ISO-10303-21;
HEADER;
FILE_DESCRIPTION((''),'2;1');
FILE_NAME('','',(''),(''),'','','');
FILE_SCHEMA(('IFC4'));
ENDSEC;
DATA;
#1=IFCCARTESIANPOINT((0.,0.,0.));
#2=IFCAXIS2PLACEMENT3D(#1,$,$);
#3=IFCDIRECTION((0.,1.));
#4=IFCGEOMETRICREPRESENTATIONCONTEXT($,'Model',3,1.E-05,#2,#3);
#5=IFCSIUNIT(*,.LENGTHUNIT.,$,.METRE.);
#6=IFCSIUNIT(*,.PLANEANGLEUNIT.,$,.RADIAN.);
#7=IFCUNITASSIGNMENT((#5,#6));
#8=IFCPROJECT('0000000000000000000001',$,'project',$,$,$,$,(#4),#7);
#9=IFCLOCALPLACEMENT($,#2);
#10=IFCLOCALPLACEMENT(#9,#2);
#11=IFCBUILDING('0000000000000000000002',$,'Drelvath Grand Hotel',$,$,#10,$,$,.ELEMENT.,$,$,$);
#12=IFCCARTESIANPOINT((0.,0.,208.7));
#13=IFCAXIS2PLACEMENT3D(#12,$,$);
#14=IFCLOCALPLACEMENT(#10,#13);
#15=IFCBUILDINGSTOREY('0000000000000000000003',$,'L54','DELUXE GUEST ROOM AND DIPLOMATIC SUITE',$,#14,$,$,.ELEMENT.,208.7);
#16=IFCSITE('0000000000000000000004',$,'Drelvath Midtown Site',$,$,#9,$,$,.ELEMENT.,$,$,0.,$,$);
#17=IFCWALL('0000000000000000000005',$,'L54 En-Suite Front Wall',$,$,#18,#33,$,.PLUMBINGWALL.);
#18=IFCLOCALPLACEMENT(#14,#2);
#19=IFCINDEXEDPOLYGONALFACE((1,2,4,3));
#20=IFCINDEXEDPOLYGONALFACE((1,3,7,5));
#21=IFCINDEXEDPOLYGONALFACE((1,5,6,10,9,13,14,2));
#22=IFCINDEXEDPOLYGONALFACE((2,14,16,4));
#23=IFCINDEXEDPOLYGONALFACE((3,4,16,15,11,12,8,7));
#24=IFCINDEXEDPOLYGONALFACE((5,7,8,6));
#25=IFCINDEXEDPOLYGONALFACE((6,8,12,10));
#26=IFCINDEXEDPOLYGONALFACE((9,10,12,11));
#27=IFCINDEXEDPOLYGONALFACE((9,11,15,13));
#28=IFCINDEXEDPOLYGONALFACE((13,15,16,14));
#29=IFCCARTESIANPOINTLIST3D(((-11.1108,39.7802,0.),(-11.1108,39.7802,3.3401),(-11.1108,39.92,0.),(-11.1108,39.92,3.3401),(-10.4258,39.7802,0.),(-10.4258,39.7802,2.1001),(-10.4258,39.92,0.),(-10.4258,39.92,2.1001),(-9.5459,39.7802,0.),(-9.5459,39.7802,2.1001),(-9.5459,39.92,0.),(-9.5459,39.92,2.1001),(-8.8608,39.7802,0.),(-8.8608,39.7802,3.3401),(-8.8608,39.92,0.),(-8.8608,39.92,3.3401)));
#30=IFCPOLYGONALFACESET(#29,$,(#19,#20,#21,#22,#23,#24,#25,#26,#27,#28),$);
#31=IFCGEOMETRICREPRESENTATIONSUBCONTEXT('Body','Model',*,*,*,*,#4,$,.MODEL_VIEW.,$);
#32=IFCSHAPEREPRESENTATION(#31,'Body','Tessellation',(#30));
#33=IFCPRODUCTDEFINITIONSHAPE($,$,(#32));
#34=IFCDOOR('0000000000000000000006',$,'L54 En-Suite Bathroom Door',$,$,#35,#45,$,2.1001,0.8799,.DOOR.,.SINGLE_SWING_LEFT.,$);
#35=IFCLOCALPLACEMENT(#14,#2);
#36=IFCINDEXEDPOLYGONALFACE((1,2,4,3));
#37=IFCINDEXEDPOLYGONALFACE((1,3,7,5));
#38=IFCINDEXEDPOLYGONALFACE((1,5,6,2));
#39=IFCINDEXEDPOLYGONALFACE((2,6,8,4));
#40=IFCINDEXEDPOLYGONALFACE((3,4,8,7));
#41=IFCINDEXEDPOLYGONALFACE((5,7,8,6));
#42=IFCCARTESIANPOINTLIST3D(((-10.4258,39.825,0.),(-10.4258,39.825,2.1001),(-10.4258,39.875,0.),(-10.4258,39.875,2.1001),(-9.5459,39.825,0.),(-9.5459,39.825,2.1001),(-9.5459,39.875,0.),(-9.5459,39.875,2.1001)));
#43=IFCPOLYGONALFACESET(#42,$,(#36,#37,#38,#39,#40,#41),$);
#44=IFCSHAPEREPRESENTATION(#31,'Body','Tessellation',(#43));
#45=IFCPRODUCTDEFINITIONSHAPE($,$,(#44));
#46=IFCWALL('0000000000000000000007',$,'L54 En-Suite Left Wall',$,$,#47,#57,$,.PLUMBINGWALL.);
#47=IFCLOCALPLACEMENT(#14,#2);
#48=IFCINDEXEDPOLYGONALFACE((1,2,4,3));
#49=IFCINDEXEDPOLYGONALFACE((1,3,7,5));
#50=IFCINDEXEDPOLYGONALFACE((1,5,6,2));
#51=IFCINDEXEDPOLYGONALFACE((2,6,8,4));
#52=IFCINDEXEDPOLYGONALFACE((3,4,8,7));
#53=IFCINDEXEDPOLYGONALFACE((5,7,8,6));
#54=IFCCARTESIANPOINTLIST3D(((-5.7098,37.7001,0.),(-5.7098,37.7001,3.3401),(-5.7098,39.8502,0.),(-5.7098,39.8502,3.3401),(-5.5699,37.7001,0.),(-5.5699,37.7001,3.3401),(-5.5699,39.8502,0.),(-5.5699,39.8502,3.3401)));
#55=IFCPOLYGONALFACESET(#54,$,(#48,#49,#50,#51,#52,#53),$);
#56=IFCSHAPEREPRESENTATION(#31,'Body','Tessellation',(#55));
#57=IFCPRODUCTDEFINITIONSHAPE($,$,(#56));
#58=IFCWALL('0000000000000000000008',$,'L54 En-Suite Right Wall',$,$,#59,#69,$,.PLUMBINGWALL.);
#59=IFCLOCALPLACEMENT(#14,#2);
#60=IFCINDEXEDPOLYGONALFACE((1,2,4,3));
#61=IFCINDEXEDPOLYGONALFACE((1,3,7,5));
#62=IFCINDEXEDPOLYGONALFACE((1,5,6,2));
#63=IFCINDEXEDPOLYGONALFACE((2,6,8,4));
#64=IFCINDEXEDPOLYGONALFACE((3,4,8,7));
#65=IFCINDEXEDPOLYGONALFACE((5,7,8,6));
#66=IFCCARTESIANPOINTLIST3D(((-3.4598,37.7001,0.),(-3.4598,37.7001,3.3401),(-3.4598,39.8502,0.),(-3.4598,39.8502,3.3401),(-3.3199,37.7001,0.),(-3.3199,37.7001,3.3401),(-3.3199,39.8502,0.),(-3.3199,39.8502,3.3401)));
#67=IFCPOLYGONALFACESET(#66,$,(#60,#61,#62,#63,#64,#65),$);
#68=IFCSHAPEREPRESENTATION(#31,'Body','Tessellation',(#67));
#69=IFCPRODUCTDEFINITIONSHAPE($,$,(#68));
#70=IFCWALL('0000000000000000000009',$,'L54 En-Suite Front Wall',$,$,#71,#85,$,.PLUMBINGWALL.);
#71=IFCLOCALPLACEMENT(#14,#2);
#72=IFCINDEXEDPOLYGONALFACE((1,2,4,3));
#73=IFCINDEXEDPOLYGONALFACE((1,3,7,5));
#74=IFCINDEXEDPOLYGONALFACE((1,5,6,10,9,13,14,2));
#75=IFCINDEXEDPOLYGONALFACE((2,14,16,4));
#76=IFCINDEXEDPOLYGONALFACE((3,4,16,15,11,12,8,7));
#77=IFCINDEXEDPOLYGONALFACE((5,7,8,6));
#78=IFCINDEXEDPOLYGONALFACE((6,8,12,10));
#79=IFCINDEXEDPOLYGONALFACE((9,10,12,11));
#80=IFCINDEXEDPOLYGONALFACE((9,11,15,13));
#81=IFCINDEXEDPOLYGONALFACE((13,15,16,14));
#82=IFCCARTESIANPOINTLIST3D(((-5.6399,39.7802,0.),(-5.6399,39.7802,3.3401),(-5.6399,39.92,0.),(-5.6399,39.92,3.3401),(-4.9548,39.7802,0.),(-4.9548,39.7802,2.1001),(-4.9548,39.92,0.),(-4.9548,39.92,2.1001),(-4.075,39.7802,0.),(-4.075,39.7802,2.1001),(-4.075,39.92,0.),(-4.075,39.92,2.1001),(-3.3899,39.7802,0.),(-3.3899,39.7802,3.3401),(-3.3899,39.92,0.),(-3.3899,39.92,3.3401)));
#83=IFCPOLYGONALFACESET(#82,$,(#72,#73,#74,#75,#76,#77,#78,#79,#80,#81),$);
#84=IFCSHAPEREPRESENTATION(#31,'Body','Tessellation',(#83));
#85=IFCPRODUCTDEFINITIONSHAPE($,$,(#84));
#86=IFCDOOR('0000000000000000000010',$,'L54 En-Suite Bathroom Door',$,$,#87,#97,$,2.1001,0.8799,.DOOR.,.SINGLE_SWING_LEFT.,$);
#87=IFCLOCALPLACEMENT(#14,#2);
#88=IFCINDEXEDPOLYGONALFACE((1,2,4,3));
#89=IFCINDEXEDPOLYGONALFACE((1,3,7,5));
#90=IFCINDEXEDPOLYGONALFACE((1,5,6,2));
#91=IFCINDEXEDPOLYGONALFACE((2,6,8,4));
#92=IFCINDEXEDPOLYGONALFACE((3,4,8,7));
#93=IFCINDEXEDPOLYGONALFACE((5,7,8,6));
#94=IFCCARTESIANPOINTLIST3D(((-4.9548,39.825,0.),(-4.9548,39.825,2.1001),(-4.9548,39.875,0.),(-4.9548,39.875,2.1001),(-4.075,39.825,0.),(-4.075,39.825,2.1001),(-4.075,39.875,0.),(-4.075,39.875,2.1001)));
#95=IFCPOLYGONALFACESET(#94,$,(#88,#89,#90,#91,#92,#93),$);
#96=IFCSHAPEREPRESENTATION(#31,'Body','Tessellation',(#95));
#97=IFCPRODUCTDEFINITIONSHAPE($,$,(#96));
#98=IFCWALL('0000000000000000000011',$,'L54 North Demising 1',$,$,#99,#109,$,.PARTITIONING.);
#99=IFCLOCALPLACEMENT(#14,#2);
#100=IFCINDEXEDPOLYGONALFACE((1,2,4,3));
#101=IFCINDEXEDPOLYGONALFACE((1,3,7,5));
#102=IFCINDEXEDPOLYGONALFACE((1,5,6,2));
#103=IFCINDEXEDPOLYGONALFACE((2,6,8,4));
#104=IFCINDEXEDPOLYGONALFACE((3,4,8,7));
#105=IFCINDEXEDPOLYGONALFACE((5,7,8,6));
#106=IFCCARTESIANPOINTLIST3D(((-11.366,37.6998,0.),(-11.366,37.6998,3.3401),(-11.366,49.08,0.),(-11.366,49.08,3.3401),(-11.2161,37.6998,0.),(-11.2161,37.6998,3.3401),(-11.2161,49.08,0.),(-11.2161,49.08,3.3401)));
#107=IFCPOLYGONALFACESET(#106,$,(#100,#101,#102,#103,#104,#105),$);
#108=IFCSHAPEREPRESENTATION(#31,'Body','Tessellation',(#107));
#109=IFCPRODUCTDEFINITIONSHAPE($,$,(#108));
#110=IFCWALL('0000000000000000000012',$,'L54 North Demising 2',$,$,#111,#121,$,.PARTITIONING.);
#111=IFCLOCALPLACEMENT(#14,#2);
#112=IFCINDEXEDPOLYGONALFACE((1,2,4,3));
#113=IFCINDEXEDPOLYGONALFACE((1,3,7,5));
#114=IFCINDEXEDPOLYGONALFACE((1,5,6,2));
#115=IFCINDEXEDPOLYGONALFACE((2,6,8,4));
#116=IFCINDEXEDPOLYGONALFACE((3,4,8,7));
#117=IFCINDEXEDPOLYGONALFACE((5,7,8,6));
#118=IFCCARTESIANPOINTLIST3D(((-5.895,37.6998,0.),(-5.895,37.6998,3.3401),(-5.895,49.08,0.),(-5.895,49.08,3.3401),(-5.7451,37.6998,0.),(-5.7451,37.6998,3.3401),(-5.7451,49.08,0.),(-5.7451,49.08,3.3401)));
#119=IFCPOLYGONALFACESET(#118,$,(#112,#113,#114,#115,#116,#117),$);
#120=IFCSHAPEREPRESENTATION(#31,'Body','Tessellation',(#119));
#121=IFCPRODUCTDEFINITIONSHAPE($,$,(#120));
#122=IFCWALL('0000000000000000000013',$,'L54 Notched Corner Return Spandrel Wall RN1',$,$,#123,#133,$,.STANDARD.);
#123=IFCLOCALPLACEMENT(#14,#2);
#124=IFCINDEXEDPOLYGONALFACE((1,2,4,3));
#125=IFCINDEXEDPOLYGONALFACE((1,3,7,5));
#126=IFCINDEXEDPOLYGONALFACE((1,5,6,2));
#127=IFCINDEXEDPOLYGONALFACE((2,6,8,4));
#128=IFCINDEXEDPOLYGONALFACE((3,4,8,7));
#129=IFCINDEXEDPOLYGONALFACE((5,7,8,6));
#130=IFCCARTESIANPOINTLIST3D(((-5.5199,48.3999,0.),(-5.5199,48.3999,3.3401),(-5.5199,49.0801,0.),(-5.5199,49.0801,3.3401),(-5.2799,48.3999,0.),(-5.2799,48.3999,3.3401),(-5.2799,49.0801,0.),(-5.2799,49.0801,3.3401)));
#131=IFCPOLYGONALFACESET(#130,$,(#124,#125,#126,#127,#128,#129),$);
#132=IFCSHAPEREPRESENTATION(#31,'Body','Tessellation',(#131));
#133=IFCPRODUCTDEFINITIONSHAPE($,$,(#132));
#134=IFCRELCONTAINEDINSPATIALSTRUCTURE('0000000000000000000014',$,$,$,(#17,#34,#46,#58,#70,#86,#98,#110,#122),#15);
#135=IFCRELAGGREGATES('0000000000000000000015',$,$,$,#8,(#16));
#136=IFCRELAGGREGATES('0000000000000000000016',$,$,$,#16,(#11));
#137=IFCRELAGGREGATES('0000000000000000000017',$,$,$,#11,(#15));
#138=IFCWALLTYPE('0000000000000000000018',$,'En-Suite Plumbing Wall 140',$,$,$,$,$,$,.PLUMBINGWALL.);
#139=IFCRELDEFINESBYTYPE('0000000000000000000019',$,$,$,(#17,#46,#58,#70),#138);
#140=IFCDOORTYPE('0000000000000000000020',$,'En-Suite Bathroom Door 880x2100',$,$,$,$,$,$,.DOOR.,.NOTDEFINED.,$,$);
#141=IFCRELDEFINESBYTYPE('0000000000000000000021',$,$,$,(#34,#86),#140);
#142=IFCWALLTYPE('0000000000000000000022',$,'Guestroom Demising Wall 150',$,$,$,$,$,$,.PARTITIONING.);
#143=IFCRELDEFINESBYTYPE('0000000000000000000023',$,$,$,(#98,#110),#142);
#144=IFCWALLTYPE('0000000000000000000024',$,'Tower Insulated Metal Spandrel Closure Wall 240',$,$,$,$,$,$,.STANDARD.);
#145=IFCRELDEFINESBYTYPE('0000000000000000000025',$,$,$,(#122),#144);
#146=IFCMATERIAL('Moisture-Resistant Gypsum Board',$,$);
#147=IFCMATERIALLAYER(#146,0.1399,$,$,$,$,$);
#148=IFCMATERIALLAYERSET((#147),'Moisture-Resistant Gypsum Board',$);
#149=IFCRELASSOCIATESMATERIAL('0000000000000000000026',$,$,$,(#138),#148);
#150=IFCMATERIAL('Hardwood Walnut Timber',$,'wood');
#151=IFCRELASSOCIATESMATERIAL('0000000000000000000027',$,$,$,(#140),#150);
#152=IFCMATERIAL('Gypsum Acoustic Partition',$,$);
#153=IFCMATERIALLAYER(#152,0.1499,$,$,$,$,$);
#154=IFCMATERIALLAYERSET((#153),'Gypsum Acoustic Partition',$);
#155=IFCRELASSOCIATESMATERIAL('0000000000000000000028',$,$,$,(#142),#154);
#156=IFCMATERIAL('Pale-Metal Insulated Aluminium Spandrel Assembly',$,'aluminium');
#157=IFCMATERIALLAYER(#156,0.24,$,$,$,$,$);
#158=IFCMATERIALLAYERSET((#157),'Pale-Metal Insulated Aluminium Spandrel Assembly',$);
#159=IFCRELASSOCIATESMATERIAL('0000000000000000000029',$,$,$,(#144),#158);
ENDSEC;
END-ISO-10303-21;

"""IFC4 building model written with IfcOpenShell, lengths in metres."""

from ifc_helpers import new_model, si_unit, direction, frame, frame_2d, origin, place, context, subcontext, project, spatial, rectangle, extrude, material, layer, layer_set, type_object, element, fill, save


model = new_model("IFC4")

# Units and contexts
model_context = context("Model", 3, precision=1e-05, world=origin(), true_north=direction((0.0, 1.0)))
body_context = subcontext(model_context, "Body", "Model", "MODEL_VIEW")
ifc_project = project(units=[si_unit("LENGTHUNIT", "METRE"), si_unit("PLANEANGLEUNIT", "RADIAN")], contexts=[model_context])

# Site, building, storey
site_placement = place(None, origin())
site = spatial("IfcSite", under=ifc_project, at=site_placement, Name="Drelvath Midtown Site", CompositionType="ELEMENT", RefElevation=0.0)
building_placement = place(site_placement, origin())
building = spatial("IfcBuilding", under=site, at=building_placement, Name="Drelvath Grand Hotel", CompositionType="ELEMENT")
storey_placement = place(building_placement, frame((0.0, 0.0, 208.7)))
storey = spatial("IfcBuildingStorey", under=building, at=storey_placement, Name="L54", Description="DELUXE GUEST ROOM AND DIPLOMATIC SUITE", CompositionType="ELEMENT", Elevation=208.7)

# Shared definitions
ifc_material_1 = material(Name="Moisture-Resistant Gypsum Board")
ifc_layer_1 = layer(ifc_material_1, 0.1399)
ifc_layer_set_1 = layer_set([ifc_layer_1], Name="Moisture-Resistant Gypsum Board")
wall_type_1 = type_object("IfcWallType", Name="En-Suite Plumbing Wall 140", PredefinedType="PLUMBINGWALL", material=ifc_layer_set_1)

# Wall, opening, door
wall_1_placement = place(storey_placement, frame((-11.1108, 39.8501, 0.0), z_axis=(0.0, 0.0, 1.0), x_axis=(1.0, 0.0, 0.0)))
wall_1 = element("IfcWall", 1, at=wall_1_placement, inside=storey, type_object=wall_type_1, Name="L54 En-Suite Front Wall", PredefinedType="PLUMBINGWALL", context=body_context, shape_type="SweptSolid", body=[
    extrude(rectangle(XDim=2.25, YDim=0.1399, at=frame_2d((1.125, 0.0))), origin(), (0.0, 0.0, 1.0), 3.3401),
])
opening_1_placement = place(wall_1_placement, frame((0.6851, 0.0, 0.0)))
opening_1 = element("IfcOpeningElement", 2, at=opening_1_placement, cuts=wall_1, PredefinedType="OPENING", context=body_context, shape_type="SweptSolid", body=[
    extrude(rectangle(XDim=0.8799, YDim=2.1001, at=frame_2d((0.4399, 1.05))), frame((0.0, 0.0798, 0.0), z_axis=(0.0, -1.0, 0.0), x_axis=(1.0, 0.0, 0.0)), (0.0, 0.0, 1.0), 0.1599),
])
ifc_material_2 = material(Name="Hardwood Walnut Timber", Category="wood")
door_type = type_object("IfcDoorType", Name="En-Suite Bathroom Door 880x2100", OperationType="NOTDEFINED", PredefinedType="DOOR", material=ifc_material_2)
door_1_placement = place(opening_1_placement, origin())
door_1 = element("IfcDoor", 3, at=door_1_placement, inside=storey, type_object=door_type, Name="L54 En-Suite Bathroom Door", OperationType="SINGLE_SWING_LEFT", OverallHeight=2.1001, OverallWidth=0.8799, PredefinedType="DOOR", context=body_context, shape_type="SweptSolid", body=[
    extrude(rectangle(XDim=0.8799, YDim=2.1001, at=frame_2d((0.4399, 1.05))), frame((0.0, 0.0249, 0.0), z_axis=(0.0, -1.0, 0.0), x_axis=(1.0, 0.0, 0.0)), (0.0, 0.0, 1.0), 0.05),
])
fill(opening_1, door_1)

# Walls
for number, where, z_axis, x_axis, name in (
    (4, (-5.6399, 37.7, 0.0), (0.0, 0.0, 1.0), (0.0, 1.0, 0.0), "L54 En-Suite Left Wall"),
    (5, (-3.3899, 37.7, 0.0), (0.0, 0.0, 1.0), (0.0, 1.0, 0.0), "L54 En-Suite Right Wall"),
):
    element("IfcWall", number, at=place(storey_placement, frame(where, z_axis=z_axis, x_axis=x_axis)), inside=storey, type_object=wall_type_1, Name=name, PredefinedType="PLUMBINGWALL", context=body_context, shape_type="SweptSolid", body=[
        extrude(rectangle(XDim=2.1501, YDim=0.1399, at=frame_2d((1.0752, 0.0))), origin(), (0.0, 0.0, 1.0), 3.3401),
    ])

# Wall, opening, door
wall_2_placement = place(storey_placement, frame((-5.6399, 39.8501, 0.0), z_axis=(0.0, 0.0, 1.0), x_axis=(1.0, 0.0, 0.0)))
wall_2 = element("IfcWall", 6, at=wall_2_placement, inside=storey, type_object=wall_type_1, Name="L54 En-Suite Front Wall", PredefinedType="PLUMBINGWALL", context=body_context, shape_type="SweptSolid", body=[
    extrude(rectangle(XDim=2.25, YDim=0.1399, at=frame_2d((1.125, 0.0))), origin(), (0.0, 0.0, 1.0), 3.3401),
])
opening_2_placement = place(wall_2_placement, frame((0.6851, 0.0, 0.0)))
opening_2 = element("IfcOpeningElement", 7, at=opening_2_placement, cuts=wall_2, PredefinedType="OPENING", context=body_context, shape_type="SweptSolid", body=[
    extrude(rectangle(XDim=0.8799, YDim=2.1001, at=frame_2d((0.4399, 1.05))), frame((0.0, 0.0798, 0.0), z_axis=(0.0, -1.0, 0.0), x_axis=(1.0, 0.0, 0.0)), (0.0, 0.0, 1.0), 0.1599),
])
door_2_placement = place(opening_2_placement, origin())
door_2 = element("IfcDoor", 8, at=door_2_placement, inside=storey, type_object=door_type, Name="L54 En-Suite Bathroom Door", OperationType="SINGLE_SWING_LEFT", OverallHeight=2.1001, OverallWidth=0.8799, PredefinedType="DOOR", context=body_context, shape_type="SweptSolid", body=[
    extrude(rectangle(XDim=0.8799, YDim=2.1001, at=frame_2d((0.4399, 1.05))), frame((0.0, 0.0249, 0.0), z_axis=(0.0, -1.0, 0.0), x_axis=(1.0, 0.0, 0.0)), (0.0, 0.0, 1.0), 0.05),
])
fill(opening_2, door_2)

# Walls
ifc_material_3 = material(Name="Gypsum Acoustic Partition")
ifc_layer_2 = layer(ifc_material_3, 0.1499)
ifc_layer_set_2 = layer_set([ifc_layer_2], Name="Gypsum Acoustic Partition")
wall_type_2 = type_object("IfcWallType", Name="Guestroom Demising Wall 150", PredefinedType="PARTITIONING", material=ifc_layer_set_2)
for number, where, z_axis, x_axis, name in (
    (9, (-11.291, 37.7, 0.0), (0.0, 0.0, 1.0), (0.0, 1.0, 0.0), "L54 North Demising 1"),
    (10, (-5.8201, 37.7, 0.0), (0.0, 0.0, 1.0), (0.0, 1.0, 0.0), "L54 North Demising 2"),
):
    element("IfcWall", number, at=place(storey_placement, frame(where, z_axis=z_axis, x_axis=x_axis)), inside=storey, type_object=wall_type_2, Name=name, PredefinedType="PARTITIONING", context=body_context, shape_type="SweptSolid", body=[
        extrude(rectangle(XDim=11.3801, YDim=0.1499, at=frame_2d((5.6899, 0.0))), origin(), (0.0, 0.0, 1.0), 3.3401),
    ])
ifc_material_4 = material(Name="Pale-Metal Insulated Aluminium Spandrel Assembly", Category="aluminium")
ifc_layer_3 = layer(ifc_material_4, 0.24)
ifc_layer_set_3 = layer_set([ifc_layer_3], Name="Pale-Metal Insulated Aluminium Spandrel Assembly")
wall_type_3 = type_object("IfcWallType", Name="Tower Insulated Metal Spandrel Closure Wall 240", PredefinedType="STANDARD", material=ifc_layer_set_3)
wall_3_placement = place(storey_placement, frame((-5.3999, 49.0801, 0.0), z_axis=(0.0, 0.0, 1.0), x_axis=(0.0, -1.0, 0.0)))
element("IfcWall", 11, at=wall_3_placement, inside=storey, type_object=wall_type_3, Name="L54 Notched Corner Return Spandrel Wall RN1", PredefinedType="STANDARD", context=body_context, shape_type="SweptSolid", body=[
    extrude(rectangle(XDim=0.6802, YDim=0.24, at=frame_2d((0.3401, 0.0))), origin(), (0.0, 0.0, 1.0), 3.3401),
])

save(model, "model.ifc")
